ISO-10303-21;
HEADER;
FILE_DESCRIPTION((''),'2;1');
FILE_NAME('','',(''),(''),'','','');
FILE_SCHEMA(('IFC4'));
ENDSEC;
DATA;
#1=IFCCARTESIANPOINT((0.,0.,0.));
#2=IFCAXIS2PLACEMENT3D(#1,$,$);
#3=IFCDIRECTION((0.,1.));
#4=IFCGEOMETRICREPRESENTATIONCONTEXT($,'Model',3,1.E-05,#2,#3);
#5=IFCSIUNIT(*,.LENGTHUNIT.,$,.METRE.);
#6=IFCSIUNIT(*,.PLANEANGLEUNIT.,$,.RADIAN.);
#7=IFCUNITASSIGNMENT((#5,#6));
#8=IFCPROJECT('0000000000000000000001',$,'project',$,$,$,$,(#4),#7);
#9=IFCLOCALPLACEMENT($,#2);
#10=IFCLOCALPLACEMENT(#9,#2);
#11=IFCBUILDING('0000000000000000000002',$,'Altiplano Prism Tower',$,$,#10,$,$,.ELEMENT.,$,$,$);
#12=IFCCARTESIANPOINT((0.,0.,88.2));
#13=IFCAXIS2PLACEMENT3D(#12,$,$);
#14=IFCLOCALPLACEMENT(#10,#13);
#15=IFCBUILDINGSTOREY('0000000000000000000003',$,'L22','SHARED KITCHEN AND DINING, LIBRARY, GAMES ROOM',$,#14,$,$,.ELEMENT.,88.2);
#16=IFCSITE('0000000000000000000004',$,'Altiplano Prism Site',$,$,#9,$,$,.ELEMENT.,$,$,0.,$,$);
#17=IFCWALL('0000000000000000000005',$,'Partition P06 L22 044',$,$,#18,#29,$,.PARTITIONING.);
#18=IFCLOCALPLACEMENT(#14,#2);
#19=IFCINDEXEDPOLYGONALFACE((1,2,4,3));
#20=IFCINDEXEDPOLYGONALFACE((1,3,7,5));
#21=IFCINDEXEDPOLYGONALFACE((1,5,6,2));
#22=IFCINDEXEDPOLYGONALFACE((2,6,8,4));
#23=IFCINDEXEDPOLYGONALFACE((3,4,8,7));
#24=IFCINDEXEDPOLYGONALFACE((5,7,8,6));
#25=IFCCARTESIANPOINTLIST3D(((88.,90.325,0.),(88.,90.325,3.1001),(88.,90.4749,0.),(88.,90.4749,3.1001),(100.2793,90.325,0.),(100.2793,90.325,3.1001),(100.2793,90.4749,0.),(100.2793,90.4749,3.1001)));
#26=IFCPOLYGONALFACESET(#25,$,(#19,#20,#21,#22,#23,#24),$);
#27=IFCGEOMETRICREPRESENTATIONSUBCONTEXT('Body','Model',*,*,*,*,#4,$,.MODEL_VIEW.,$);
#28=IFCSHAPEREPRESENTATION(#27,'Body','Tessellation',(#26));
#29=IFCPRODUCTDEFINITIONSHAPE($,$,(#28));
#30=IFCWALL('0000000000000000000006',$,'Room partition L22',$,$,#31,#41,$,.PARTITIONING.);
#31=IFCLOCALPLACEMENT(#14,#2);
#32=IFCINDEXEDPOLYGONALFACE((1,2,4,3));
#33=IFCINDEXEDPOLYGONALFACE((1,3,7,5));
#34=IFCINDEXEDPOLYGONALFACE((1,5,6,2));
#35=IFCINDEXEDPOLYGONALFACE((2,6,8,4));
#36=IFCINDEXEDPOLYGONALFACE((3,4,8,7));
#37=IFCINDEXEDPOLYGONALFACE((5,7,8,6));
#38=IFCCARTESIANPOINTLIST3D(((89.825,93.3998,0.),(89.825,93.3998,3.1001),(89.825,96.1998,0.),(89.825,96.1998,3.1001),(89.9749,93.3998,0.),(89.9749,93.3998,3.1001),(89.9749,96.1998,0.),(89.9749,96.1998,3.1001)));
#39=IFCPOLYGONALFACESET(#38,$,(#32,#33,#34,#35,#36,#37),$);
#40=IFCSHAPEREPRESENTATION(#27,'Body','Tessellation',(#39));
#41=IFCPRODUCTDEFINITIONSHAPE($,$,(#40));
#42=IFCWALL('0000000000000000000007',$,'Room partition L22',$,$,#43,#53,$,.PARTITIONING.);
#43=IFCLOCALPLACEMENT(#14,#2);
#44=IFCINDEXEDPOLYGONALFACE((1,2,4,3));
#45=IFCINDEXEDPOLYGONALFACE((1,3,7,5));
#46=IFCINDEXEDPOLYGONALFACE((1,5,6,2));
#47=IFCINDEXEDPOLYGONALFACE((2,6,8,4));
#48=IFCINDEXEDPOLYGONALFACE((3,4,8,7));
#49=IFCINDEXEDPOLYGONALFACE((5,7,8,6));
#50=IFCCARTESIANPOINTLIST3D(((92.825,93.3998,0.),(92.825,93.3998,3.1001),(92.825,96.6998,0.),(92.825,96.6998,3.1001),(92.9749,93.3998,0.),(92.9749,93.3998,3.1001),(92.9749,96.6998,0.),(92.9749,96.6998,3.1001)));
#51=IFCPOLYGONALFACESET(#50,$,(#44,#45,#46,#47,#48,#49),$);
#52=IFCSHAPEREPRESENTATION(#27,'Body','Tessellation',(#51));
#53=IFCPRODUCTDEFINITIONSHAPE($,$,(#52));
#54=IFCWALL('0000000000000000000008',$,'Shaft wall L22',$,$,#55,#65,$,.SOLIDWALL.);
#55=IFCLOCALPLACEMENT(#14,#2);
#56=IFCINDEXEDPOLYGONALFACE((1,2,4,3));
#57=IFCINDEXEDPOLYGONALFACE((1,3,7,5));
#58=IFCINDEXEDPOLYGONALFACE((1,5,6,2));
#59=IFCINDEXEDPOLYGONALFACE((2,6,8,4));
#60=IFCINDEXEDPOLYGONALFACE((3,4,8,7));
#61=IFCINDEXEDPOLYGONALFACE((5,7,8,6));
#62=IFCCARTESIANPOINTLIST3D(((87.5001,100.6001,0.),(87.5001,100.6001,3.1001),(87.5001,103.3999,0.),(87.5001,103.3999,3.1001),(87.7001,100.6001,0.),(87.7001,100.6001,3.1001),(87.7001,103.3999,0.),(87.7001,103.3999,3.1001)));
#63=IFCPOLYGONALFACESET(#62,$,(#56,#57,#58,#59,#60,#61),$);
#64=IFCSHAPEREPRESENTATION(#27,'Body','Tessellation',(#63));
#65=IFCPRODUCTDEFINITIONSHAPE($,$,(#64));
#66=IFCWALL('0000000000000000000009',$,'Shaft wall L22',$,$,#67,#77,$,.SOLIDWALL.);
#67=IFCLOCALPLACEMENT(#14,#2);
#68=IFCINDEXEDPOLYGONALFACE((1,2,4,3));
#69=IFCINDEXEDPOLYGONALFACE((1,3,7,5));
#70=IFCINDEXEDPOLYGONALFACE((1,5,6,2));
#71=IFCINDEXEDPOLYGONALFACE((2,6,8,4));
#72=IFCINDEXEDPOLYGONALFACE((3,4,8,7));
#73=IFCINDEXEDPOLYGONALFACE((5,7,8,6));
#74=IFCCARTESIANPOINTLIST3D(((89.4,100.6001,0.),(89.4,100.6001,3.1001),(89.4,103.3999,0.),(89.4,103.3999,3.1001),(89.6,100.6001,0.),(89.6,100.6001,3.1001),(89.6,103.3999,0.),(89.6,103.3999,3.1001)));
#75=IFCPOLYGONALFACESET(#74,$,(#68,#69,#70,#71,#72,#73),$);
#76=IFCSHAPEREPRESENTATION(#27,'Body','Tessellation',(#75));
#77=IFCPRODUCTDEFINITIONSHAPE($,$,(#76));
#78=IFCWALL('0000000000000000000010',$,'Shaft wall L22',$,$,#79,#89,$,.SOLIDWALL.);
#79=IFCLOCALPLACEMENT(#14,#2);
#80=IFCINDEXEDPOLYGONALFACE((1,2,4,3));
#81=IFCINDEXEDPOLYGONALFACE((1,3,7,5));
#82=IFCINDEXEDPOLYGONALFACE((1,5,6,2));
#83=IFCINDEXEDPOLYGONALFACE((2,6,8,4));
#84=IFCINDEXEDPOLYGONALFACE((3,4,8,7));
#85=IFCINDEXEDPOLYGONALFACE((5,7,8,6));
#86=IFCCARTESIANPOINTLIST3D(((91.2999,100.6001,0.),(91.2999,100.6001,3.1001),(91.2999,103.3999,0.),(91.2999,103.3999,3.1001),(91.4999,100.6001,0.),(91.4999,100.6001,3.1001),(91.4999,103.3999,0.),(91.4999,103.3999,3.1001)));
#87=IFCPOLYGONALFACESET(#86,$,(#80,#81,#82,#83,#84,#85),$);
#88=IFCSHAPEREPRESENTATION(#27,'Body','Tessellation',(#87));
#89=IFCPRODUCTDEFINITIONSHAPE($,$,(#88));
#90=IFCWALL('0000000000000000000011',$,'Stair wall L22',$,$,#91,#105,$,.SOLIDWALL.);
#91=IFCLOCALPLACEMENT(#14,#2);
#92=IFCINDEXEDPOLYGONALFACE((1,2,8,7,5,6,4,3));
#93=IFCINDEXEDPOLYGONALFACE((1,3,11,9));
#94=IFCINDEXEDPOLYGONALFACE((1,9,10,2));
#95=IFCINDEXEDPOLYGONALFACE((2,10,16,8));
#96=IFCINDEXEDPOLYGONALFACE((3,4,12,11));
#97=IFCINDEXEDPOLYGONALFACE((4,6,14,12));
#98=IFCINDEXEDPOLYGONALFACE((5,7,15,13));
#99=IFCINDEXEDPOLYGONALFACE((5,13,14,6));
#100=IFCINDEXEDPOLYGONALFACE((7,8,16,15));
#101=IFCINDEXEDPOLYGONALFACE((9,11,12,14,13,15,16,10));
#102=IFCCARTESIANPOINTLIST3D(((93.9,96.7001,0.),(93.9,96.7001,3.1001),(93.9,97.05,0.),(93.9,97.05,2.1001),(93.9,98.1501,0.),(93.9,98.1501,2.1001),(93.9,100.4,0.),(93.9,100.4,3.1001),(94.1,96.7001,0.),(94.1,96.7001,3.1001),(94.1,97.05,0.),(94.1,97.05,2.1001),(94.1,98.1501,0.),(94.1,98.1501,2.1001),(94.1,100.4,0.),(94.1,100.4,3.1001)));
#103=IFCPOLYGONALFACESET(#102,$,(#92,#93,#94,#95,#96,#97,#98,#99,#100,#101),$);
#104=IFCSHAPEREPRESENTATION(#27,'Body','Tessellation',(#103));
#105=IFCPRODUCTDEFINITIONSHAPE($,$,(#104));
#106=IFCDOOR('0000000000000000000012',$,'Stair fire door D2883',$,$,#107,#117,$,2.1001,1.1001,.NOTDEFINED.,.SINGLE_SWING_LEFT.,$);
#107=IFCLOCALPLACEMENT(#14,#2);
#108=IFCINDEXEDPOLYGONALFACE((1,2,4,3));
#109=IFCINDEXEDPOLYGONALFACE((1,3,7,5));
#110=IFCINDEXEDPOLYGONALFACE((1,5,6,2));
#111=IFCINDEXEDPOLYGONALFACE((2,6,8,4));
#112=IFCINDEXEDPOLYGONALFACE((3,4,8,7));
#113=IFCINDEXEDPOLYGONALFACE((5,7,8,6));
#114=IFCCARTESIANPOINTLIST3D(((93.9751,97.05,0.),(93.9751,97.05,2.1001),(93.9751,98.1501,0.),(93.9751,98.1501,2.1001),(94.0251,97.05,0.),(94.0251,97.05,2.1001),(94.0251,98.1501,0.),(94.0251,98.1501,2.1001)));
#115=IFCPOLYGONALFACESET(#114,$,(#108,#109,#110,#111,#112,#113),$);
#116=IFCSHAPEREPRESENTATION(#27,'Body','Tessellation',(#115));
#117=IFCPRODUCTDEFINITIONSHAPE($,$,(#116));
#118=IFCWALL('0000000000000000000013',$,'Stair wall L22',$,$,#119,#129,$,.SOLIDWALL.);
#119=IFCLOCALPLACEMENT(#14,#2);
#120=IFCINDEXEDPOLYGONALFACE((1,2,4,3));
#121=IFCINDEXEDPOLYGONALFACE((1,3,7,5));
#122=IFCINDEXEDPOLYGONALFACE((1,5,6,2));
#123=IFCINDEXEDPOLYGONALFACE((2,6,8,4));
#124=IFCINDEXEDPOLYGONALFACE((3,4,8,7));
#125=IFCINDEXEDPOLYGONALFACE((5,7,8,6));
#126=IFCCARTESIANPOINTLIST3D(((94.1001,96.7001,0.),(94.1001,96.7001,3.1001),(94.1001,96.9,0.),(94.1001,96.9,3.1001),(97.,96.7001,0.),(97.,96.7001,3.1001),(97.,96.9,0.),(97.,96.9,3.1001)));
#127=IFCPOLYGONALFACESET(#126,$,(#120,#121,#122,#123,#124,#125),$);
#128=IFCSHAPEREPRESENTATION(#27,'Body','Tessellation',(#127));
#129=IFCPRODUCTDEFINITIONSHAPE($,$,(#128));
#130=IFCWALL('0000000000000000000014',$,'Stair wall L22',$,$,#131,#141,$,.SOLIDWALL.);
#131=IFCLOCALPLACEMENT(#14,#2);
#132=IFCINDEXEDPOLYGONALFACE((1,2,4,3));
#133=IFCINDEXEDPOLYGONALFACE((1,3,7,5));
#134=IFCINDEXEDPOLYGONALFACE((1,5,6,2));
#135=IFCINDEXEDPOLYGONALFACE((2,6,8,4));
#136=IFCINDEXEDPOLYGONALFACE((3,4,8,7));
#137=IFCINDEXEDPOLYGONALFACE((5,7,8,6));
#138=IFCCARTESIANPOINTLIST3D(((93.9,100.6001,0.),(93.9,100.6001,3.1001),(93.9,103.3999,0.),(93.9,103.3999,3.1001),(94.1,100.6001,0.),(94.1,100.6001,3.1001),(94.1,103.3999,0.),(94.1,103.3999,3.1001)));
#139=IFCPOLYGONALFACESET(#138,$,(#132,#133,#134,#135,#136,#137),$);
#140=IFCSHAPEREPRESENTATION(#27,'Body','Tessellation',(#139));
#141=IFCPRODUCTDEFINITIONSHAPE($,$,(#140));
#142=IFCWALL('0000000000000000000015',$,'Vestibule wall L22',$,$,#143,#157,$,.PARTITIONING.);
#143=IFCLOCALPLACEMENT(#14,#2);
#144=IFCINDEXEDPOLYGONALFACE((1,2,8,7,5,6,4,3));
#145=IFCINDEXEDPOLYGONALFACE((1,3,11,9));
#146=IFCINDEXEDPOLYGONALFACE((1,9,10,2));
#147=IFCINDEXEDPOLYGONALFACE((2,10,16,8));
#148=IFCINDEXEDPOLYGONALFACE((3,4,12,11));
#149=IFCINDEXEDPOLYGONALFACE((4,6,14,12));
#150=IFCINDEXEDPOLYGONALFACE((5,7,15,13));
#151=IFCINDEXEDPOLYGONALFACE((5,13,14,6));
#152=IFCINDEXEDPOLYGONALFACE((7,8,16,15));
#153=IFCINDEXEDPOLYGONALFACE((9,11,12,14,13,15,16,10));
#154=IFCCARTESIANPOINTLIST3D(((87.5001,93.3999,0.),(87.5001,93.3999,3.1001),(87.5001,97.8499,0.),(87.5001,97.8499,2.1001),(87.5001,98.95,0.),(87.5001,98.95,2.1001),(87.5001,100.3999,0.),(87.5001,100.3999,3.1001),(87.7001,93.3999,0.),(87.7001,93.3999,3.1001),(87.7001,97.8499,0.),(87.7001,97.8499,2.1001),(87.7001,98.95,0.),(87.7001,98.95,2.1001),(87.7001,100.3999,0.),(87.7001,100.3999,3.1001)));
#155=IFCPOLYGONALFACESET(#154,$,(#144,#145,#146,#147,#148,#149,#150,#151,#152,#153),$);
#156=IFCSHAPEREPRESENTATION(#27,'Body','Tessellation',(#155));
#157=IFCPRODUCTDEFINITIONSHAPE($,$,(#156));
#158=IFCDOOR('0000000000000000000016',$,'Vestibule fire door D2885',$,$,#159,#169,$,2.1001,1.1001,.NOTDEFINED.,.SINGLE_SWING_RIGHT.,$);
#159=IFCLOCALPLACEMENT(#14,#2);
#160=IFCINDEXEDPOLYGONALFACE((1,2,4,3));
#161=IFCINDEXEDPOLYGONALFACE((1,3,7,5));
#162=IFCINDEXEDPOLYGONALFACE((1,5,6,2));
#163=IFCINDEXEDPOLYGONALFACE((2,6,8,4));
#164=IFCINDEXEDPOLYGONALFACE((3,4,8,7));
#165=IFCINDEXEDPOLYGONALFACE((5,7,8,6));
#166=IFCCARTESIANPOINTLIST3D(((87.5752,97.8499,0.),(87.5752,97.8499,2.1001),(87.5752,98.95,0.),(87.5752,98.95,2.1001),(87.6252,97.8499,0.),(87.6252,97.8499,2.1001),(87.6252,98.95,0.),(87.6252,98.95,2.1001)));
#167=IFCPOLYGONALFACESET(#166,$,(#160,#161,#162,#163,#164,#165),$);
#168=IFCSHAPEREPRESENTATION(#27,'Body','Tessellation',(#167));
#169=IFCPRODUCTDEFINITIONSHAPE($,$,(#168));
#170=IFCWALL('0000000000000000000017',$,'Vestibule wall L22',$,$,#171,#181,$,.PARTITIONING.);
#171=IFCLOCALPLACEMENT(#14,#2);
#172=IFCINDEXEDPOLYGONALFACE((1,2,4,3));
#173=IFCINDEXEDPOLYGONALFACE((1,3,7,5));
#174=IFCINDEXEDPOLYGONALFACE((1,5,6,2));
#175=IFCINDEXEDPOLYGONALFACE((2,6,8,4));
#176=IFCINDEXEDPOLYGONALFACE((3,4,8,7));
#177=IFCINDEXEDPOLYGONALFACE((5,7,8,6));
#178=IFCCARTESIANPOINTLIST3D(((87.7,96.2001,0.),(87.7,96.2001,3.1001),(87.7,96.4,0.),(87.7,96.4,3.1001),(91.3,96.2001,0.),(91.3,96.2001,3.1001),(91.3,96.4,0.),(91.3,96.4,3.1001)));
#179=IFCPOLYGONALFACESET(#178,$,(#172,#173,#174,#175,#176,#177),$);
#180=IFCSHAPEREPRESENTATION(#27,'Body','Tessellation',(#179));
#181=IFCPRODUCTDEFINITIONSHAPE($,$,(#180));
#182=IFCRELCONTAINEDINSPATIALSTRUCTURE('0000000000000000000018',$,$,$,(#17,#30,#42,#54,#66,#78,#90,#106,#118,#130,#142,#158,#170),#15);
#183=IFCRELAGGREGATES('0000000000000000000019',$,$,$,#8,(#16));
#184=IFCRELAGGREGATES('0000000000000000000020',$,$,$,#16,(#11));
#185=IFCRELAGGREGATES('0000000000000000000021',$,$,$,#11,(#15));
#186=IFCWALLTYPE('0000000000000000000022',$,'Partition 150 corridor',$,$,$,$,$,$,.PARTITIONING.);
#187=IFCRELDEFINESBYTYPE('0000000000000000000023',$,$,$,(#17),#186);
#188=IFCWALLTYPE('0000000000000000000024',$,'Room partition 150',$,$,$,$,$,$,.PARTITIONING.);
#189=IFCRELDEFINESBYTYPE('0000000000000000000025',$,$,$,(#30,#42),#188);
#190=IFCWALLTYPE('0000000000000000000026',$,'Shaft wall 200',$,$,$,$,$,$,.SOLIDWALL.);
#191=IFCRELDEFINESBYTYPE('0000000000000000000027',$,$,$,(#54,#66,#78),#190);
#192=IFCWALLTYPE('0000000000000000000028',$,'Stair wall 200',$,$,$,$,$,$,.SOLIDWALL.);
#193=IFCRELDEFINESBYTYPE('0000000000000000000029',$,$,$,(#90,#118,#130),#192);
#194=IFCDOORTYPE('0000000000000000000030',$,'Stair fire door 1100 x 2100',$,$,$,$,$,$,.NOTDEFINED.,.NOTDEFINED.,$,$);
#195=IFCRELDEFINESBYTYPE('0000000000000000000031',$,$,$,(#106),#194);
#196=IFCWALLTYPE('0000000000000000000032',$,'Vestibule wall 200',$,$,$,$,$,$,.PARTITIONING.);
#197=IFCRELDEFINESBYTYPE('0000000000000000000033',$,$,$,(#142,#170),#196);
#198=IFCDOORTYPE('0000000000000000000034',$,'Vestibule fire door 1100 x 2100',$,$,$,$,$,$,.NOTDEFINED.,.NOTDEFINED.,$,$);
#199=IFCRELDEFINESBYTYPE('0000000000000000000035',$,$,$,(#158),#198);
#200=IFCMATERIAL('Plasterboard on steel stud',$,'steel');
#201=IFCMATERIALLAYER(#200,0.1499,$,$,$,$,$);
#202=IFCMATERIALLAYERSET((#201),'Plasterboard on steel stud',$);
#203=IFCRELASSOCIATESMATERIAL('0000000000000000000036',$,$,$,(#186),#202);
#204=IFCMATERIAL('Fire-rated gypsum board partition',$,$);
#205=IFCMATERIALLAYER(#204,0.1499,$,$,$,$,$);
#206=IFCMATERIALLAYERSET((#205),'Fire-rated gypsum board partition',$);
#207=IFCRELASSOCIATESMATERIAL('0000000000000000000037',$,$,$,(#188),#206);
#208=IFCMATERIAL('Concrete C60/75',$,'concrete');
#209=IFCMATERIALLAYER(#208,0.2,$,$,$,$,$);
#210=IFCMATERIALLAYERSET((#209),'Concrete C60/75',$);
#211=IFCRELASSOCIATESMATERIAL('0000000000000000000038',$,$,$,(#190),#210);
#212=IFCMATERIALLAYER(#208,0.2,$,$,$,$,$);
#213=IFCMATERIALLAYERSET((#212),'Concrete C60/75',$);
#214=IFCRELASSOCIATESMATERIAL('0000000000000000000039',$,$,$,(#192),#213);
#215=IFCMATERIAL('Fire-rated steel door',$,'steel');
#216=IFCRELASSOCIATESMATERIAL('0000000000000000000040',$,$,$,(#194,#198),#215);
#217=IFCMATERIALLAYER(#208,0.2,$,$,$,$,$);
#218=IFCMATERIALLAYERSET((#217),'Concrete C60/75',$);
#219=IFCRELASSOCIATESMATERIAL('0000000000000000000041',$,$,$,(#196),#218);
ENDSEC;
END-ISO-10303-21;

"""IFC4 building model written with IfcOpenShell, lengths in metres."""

from ifc_helpers import new_model, si_unit, direction, frame, frame_2d, origin, place, context, subcontext, project, spatial, rectangle, extrude, material, layer, layer_set, type_object, element, fill, save


model = new_model("IFC4")

# Units and contexts
model_context = context("Model", 3, precision=1e-05, world=origin(), true_north=direction((0.0, 1.0)))
body_context = subcontext(model_context, "Body", "Model", "MODEL_VIEW")
ifc_project = project(units=[si_unit("LENGTHUNIT", "METRE"), si_unit("PLANEANGLEUNIT", "RADIAN")], contexts=[model_context])

# Site, building, storey
site_placement = place(None, origin())
site = spatial("IfcSite", under=ifc_project, at=site_placement, Name="Altiplano Prism Site", CompositionType="ELEMENT", RefElevation=0.0)
building_placement = place(site_placement, origin())
building = spatial("IfcBuilding", under=site, at=building_placement, Name="Altiplano Prism Tower", CompositionType="ELEMENT")
storey_placement = place(building_placement, frame((0.0, 0.0, 88.2)))
storey = spatial("IfcBuildingStorey", under=building, at=storey_placement, Name="L22", Description="SHARED KITCHEN AND DINING, LIBRARY, GAMES ROOM", CompositionType="ELEMENT", Elevation=88.2)

# Walls
ifc_material_1 = material(Name="Plasterboard on steel stud", Category="steel")
ifc_layer_1 = layer(ifc_material_1, 0.1499)
ifc_layer_set_1 = layer_set([ifc_layer_1], Name="Plasterboard on steel stud")
wall_type_1 = type_object("IfcWallType", Name="Partition 150 corridor", PredefinedType="PARTITIONING", material=ifc_layer_set_1)
wall_1_placement = place(storey_placement, frame((88.0, 90.3999, 0.0), z_axis=(0.0, 0.0, 1.0), x_axis=(1.0, 0.0, 0.0)))
element("IfcWall", 1, at=wall_1_placement, inside=storey, type_object=wall_type_1, Name="Partition P06 L22 044", PredefinedType="PARTITIONING", context=body_context, shape_type="SweptSolid", body=[
    extrude(rectangle(XDim=12.2793, YDim=0.1499, at=frame_2d((6.1396, 0.0))), origin(), (0.0, 0.0, 1.0), 3.1001),
])
ifc_material_2 = material(Name="Fire-rated gypsum board partition")
ifc_layer_2 = layer(ifc_material_2, 0.1499)
ifc_layer_set_2 = layer_set([ifc_layer_2], Name="Fire-rated gypsum board partition")
wall_type_2 = type_object("IfcWallType", Name="Room partition 150", PredefinedType="PARTITIONING", material=ifc_layer_set_2)
wall_2_placement = place(storey_placement, frame((89.8999, 93.3999, 0.0), z_axis=(0.0, 0.0, 1.0), x_axis=(0.0, 1.0, 0.0)))
element("IfcWall", 2, at=wall_2_placement, inside=storey, type_object=wall_type_2, Name="Room partition L22", PredefinedType="PARTITIONING", context=body_context, shape_type="SweptSolid", body=[
    extrude(rectangle(XDim=2.8, YDim=0.1499, at=frame_2d((1.3999, 0.0))), origin(), (0.0, 0.0, 1.0), 3.1001),
])
wall_3_placement = place(storey_placement, frame((92.8999, 93.3999, 0.0), z_axis=(0.0, 0.0, 1.0), x_axis=(0.0, 1.0, 0.0)))
element("IfcWall", 3, at=wall_3_placement, inside=storey, type_object=wall_type_2, Name="Room partition L22", PredefinedType="PARTITIONING", context=body_context, shape_type="SweptSolid", body=[
    extrude(rectangle(XDim=3.3, YDim=0.1499, at=frame_2d((1.6499, 0.0))), origin(), (0.0, 0.0, 1.0), 3.1001),
])
ifc_material_3 = material(Name="Concrete C60/75", Category="concrete")
ifc_layer_3 = layer(ifc_material_3, 0.2)
ifc_layer_set_3 = layer_set([ifc_layer_3], Name="Concrete C60/75")
wall_type_3 = type_object("IfcWallType", Name="Shaft wall 200", PredefinedType="SOLIDWALL", material=ifc_layer_set_3)
for number, where, z_axis, x_axis, name in (
    (4, (87.6001, 100.6001, 0.0), (0.0, 0.0, 1.0), (0.0, 1.0, 0.0), "Shaft wall L22"),
    (5, (89.5, 100.6001, 0.0), (0.0, 0.0, 1.0), (0.0, 1.0, 0.0), "Shaft wall L22"),
    (6, (91.3999, 100.6001, 0.0), (0.0, 0.0, 1.0), (0.0, 1.0, 0.0), "Shaft wall L22"),
):
    element("IfcWall", number, at=place(storey_placement, frame(where, z_axis=z_axis, x_axis=x_axis)), inside=storey, type_object=wall_type_3, Name=name, PredefinedType="SOLIDWALL", context=body_context, shape_type="SweptSolid", body=[
        extrude(rectangle(XDim=2.7998, YDim=0.2, at=frame_2d((1.3999, 0.0))), origin(), (0.0, 0.0, 1.0), 3.1001),
    ])

# Wall, opening, door
ifc_layer_4 = layer(ifc_material_3, 0.2)
ifc_layer_set_4 = layer_set([ifc_layer_4], Name="Concrete C60/75")
wall_type_4 = type_object("IfcWallType", Name="Stair wall 200", PredefinedType="SOLIDWALL", material=ifc_layer_set_4)
wall_4_placement = place(storey_placement, frame((94.0, 96.7, 0.0), z_axis=(0.0, 0.0, 1.0), x_axis=(0.0, 1.0, 0.0)))
wall_4 = element("IfcWall", 7, at=wall_4_placement, inside=storey, type_object=wall_type_4, Name="Stair wall L22", PredefinedType="SOLIDWALL", context=body_context, shape_type="SweptSolid", body=[
    extrude(rectangle(XDim=3.7, YDim=0.2, at=frame_2d((1.8501, 0.0))), origin(), (0.0, 0.0, 1.0), 3.1001),
])
opening_1_placement = place(wall_4_placement, frame((0.3501, 0.0, 0.0)))
opening_1 = element("IfcOpeningElement", 8, at=opening_1_placement, cuts=wall_4, PredefinedType="OPENING", context=body_context, shape_type="SweptSolid", body=[
    extrude(rectangle(XDim=1.1001, YDim=2.1001, at=frame_2d((0.55, 1.05))), frame((0.0, 0.1104, 0.0), z_axis=(0.0, -1.0, 0.0), x_axis=(1.0, 0.0, 0.0)), (0.0, 0.0, 1.0), 0.2209),
])
ifc_material_4 = material(Name="Fire-rated steel door", Category="steel")
door_type_1 = type_object("IfcDoorType", Name="Stair fire door 1100 x 2100", OperationType="NOTDEFINED", PredefinedType="NOTDEFINED", material=ifc_material_4)
door_1_placement = place(opening_1_placement, origin())
door_1 = element("IfcDoor", 9, at=door_1_placement, inside=storey, type_object=door_type_1, Name="Stair fire door D2883", OperationType="SINGLE_SWING_LEFT", OverallHeight=2.1001, OverallWidth=1.1001, PredefinedType="NOTDEFINED", context=body_context, shape_type="SweptSolid", body=[
    extrude(rectangle(XDim=1.1001, YDim=2.1001, at=frame_2d((0.55, 1.05))), frame((0.0, 0.0249, 0.0), z_axis=(0.0, -1.0, 0.0), x_axis=(1.0, 0.0, 0.0)), (0.0, 0.0, 1.0), 0.05),
])
fill(opening_1, door_1)

# Walls
wall_5_placement = place(storey_placement, frame((94.1001, 96.8, 0.0), z_axis=(0.0, 0.0, 1.0), x_axis=(1.0, 0.0, 0.0)))
element("IfcWall", 10, at=wall_5_placement, inside=storey, type_object=wall_type_4, Name="Stair wall L22", PredefinedType="SOLIDWALL", context=body_context, shape_type="SweptSolid", body=[
    extrude(rectangle(XDim=2.8999, YDim=0.2, at=frame_2d((1.45, 0.0))), origin(), (0.0, 0.0, 1.0), 3.1001),
])
wall_6_placement = place(storey_placement, frame((94.0, 100.6001, 0.0), z_axis=(0.0, 0.0, 1.0), x_axis=(0.0, 1.0, 0.0)))
element("IfcWall", 11, at=wall_6_placement, inside=storey, type_object=wall_type_4, Name="Stair wall L22", PredefinedType="SOLIDWALL", context=body_context, shape_type="SweptSolid", body=[
    extrude(rectangle(XDim=2.7998, YDim=0.2, at=frame_2d((1.3999, 0.0))), origin(), (0.0, 0.0, 1.0), 3.1001),
])

# Wall, opening, door
ifc_layer_5 = layer(ifc_material_3, 0.2)
ifc_layer_set_5 = layer_set([ifc_layer_5], Name="Concrete C60/75")
wall_type_5 = type_object("IfcWallType", Name="Vestibule wall 200", PredefinedType="PARTITIONING", material=ifc_layer_set_5)
wall_7_placement = place(storey_placement, frame((87.6001, 93.3999, 0.0), z_axis=(0.0, 0.0, 1.0), x_axis=(0.0, 1.0, 0.0)))
wall_7 = element("IfcWall", 12, at=wall_7_placement, inside=storey, type_object=wall_type_5, Name="Vestibule wall L22", PredefinedType="PARTITIONING", context=body_context, shape_type="SweptSolid", body=[
    extrude(rectangle(XDim=7.0, YDim=0.2, at=frame_2d((3.5, 0.0))), origin(), (0.0, 0.0, 1.0), 3.1001),
])
opening_2_placement = place(wall_7_placement, frame((4.45, 0.0, 0.0)))
opening_2 = element("IfcOpeningElement", 13, at=opening_2_placement, cuts=wall_7, PredefinedType="OPENING", context=body_context, shape_type="SweptSolid", body=[
    extrude(rectangle(XDim=1.1001, YDim=2.1001, at=frame_2d((0.55, 1.05))), frame((0.0, 0.1104, 0.0), z_axis=(0.0, -1.0, 0.0), x_axis=(1.0, 0.0, 0.0)), (0.0, 0.0, 1.0), 0.2209),
])
door_type_2 = type_object("IfcDoorType", Name="Vestibule fire door 1100 x 2100", OperationType="NOTDEFINED", PredefinedType="NOTDEFINED", material=ifc_material_4)
door_2_placement = place(opening_2_placement, origin())
door_2 = element("IfcDoor", 14, at=door_2_placement, inside=storey, type_object=door_type_2, Name="Vestibule fire door D2885", OperationType="SINGLE_SWING_RIGHT", OverallHeight=2.1001, OverallWidth=1.1001, PredefinedType="NOTDEFINED", context=body_context, shape_type="SweptSolid", body=[
    extrude(rectangle(XDim=1.1001, YDim=2.1001, at=frame_2d((0.55, 1.05))), frame((0.0, 0.0249, 0.0), z_axis=(0.0, -1.0, 0.0), x_axis=(1.0, 0.0, 0.0)), (0.0, 0.0, 1.0), 0.05),
])
fill(opening_2, door_2)

# Wall
wall_8_placement = place(storey_placement, frame((87.7, 96.3, 0.0), z_axis=(0.0, 0.0, 1.0), x_axis=(1.0, 0.0, 0.0)))
element("IfcWall", 15, at=wall_8_placement, inside=storey, type_object=wall_type_5, Name="Vestibule wall L22", PredefinedType="PARTITIONING", context=body_context, shape_type="SweptSolid", body=[
    extrude(rectangle(XDim=3.6001, YDim=0.2, at=frame_2d((1.8, 0.0))), origin(), (0.0, 0.0, 1.0), 3.1001),
])

save(model, "model.ifc")
